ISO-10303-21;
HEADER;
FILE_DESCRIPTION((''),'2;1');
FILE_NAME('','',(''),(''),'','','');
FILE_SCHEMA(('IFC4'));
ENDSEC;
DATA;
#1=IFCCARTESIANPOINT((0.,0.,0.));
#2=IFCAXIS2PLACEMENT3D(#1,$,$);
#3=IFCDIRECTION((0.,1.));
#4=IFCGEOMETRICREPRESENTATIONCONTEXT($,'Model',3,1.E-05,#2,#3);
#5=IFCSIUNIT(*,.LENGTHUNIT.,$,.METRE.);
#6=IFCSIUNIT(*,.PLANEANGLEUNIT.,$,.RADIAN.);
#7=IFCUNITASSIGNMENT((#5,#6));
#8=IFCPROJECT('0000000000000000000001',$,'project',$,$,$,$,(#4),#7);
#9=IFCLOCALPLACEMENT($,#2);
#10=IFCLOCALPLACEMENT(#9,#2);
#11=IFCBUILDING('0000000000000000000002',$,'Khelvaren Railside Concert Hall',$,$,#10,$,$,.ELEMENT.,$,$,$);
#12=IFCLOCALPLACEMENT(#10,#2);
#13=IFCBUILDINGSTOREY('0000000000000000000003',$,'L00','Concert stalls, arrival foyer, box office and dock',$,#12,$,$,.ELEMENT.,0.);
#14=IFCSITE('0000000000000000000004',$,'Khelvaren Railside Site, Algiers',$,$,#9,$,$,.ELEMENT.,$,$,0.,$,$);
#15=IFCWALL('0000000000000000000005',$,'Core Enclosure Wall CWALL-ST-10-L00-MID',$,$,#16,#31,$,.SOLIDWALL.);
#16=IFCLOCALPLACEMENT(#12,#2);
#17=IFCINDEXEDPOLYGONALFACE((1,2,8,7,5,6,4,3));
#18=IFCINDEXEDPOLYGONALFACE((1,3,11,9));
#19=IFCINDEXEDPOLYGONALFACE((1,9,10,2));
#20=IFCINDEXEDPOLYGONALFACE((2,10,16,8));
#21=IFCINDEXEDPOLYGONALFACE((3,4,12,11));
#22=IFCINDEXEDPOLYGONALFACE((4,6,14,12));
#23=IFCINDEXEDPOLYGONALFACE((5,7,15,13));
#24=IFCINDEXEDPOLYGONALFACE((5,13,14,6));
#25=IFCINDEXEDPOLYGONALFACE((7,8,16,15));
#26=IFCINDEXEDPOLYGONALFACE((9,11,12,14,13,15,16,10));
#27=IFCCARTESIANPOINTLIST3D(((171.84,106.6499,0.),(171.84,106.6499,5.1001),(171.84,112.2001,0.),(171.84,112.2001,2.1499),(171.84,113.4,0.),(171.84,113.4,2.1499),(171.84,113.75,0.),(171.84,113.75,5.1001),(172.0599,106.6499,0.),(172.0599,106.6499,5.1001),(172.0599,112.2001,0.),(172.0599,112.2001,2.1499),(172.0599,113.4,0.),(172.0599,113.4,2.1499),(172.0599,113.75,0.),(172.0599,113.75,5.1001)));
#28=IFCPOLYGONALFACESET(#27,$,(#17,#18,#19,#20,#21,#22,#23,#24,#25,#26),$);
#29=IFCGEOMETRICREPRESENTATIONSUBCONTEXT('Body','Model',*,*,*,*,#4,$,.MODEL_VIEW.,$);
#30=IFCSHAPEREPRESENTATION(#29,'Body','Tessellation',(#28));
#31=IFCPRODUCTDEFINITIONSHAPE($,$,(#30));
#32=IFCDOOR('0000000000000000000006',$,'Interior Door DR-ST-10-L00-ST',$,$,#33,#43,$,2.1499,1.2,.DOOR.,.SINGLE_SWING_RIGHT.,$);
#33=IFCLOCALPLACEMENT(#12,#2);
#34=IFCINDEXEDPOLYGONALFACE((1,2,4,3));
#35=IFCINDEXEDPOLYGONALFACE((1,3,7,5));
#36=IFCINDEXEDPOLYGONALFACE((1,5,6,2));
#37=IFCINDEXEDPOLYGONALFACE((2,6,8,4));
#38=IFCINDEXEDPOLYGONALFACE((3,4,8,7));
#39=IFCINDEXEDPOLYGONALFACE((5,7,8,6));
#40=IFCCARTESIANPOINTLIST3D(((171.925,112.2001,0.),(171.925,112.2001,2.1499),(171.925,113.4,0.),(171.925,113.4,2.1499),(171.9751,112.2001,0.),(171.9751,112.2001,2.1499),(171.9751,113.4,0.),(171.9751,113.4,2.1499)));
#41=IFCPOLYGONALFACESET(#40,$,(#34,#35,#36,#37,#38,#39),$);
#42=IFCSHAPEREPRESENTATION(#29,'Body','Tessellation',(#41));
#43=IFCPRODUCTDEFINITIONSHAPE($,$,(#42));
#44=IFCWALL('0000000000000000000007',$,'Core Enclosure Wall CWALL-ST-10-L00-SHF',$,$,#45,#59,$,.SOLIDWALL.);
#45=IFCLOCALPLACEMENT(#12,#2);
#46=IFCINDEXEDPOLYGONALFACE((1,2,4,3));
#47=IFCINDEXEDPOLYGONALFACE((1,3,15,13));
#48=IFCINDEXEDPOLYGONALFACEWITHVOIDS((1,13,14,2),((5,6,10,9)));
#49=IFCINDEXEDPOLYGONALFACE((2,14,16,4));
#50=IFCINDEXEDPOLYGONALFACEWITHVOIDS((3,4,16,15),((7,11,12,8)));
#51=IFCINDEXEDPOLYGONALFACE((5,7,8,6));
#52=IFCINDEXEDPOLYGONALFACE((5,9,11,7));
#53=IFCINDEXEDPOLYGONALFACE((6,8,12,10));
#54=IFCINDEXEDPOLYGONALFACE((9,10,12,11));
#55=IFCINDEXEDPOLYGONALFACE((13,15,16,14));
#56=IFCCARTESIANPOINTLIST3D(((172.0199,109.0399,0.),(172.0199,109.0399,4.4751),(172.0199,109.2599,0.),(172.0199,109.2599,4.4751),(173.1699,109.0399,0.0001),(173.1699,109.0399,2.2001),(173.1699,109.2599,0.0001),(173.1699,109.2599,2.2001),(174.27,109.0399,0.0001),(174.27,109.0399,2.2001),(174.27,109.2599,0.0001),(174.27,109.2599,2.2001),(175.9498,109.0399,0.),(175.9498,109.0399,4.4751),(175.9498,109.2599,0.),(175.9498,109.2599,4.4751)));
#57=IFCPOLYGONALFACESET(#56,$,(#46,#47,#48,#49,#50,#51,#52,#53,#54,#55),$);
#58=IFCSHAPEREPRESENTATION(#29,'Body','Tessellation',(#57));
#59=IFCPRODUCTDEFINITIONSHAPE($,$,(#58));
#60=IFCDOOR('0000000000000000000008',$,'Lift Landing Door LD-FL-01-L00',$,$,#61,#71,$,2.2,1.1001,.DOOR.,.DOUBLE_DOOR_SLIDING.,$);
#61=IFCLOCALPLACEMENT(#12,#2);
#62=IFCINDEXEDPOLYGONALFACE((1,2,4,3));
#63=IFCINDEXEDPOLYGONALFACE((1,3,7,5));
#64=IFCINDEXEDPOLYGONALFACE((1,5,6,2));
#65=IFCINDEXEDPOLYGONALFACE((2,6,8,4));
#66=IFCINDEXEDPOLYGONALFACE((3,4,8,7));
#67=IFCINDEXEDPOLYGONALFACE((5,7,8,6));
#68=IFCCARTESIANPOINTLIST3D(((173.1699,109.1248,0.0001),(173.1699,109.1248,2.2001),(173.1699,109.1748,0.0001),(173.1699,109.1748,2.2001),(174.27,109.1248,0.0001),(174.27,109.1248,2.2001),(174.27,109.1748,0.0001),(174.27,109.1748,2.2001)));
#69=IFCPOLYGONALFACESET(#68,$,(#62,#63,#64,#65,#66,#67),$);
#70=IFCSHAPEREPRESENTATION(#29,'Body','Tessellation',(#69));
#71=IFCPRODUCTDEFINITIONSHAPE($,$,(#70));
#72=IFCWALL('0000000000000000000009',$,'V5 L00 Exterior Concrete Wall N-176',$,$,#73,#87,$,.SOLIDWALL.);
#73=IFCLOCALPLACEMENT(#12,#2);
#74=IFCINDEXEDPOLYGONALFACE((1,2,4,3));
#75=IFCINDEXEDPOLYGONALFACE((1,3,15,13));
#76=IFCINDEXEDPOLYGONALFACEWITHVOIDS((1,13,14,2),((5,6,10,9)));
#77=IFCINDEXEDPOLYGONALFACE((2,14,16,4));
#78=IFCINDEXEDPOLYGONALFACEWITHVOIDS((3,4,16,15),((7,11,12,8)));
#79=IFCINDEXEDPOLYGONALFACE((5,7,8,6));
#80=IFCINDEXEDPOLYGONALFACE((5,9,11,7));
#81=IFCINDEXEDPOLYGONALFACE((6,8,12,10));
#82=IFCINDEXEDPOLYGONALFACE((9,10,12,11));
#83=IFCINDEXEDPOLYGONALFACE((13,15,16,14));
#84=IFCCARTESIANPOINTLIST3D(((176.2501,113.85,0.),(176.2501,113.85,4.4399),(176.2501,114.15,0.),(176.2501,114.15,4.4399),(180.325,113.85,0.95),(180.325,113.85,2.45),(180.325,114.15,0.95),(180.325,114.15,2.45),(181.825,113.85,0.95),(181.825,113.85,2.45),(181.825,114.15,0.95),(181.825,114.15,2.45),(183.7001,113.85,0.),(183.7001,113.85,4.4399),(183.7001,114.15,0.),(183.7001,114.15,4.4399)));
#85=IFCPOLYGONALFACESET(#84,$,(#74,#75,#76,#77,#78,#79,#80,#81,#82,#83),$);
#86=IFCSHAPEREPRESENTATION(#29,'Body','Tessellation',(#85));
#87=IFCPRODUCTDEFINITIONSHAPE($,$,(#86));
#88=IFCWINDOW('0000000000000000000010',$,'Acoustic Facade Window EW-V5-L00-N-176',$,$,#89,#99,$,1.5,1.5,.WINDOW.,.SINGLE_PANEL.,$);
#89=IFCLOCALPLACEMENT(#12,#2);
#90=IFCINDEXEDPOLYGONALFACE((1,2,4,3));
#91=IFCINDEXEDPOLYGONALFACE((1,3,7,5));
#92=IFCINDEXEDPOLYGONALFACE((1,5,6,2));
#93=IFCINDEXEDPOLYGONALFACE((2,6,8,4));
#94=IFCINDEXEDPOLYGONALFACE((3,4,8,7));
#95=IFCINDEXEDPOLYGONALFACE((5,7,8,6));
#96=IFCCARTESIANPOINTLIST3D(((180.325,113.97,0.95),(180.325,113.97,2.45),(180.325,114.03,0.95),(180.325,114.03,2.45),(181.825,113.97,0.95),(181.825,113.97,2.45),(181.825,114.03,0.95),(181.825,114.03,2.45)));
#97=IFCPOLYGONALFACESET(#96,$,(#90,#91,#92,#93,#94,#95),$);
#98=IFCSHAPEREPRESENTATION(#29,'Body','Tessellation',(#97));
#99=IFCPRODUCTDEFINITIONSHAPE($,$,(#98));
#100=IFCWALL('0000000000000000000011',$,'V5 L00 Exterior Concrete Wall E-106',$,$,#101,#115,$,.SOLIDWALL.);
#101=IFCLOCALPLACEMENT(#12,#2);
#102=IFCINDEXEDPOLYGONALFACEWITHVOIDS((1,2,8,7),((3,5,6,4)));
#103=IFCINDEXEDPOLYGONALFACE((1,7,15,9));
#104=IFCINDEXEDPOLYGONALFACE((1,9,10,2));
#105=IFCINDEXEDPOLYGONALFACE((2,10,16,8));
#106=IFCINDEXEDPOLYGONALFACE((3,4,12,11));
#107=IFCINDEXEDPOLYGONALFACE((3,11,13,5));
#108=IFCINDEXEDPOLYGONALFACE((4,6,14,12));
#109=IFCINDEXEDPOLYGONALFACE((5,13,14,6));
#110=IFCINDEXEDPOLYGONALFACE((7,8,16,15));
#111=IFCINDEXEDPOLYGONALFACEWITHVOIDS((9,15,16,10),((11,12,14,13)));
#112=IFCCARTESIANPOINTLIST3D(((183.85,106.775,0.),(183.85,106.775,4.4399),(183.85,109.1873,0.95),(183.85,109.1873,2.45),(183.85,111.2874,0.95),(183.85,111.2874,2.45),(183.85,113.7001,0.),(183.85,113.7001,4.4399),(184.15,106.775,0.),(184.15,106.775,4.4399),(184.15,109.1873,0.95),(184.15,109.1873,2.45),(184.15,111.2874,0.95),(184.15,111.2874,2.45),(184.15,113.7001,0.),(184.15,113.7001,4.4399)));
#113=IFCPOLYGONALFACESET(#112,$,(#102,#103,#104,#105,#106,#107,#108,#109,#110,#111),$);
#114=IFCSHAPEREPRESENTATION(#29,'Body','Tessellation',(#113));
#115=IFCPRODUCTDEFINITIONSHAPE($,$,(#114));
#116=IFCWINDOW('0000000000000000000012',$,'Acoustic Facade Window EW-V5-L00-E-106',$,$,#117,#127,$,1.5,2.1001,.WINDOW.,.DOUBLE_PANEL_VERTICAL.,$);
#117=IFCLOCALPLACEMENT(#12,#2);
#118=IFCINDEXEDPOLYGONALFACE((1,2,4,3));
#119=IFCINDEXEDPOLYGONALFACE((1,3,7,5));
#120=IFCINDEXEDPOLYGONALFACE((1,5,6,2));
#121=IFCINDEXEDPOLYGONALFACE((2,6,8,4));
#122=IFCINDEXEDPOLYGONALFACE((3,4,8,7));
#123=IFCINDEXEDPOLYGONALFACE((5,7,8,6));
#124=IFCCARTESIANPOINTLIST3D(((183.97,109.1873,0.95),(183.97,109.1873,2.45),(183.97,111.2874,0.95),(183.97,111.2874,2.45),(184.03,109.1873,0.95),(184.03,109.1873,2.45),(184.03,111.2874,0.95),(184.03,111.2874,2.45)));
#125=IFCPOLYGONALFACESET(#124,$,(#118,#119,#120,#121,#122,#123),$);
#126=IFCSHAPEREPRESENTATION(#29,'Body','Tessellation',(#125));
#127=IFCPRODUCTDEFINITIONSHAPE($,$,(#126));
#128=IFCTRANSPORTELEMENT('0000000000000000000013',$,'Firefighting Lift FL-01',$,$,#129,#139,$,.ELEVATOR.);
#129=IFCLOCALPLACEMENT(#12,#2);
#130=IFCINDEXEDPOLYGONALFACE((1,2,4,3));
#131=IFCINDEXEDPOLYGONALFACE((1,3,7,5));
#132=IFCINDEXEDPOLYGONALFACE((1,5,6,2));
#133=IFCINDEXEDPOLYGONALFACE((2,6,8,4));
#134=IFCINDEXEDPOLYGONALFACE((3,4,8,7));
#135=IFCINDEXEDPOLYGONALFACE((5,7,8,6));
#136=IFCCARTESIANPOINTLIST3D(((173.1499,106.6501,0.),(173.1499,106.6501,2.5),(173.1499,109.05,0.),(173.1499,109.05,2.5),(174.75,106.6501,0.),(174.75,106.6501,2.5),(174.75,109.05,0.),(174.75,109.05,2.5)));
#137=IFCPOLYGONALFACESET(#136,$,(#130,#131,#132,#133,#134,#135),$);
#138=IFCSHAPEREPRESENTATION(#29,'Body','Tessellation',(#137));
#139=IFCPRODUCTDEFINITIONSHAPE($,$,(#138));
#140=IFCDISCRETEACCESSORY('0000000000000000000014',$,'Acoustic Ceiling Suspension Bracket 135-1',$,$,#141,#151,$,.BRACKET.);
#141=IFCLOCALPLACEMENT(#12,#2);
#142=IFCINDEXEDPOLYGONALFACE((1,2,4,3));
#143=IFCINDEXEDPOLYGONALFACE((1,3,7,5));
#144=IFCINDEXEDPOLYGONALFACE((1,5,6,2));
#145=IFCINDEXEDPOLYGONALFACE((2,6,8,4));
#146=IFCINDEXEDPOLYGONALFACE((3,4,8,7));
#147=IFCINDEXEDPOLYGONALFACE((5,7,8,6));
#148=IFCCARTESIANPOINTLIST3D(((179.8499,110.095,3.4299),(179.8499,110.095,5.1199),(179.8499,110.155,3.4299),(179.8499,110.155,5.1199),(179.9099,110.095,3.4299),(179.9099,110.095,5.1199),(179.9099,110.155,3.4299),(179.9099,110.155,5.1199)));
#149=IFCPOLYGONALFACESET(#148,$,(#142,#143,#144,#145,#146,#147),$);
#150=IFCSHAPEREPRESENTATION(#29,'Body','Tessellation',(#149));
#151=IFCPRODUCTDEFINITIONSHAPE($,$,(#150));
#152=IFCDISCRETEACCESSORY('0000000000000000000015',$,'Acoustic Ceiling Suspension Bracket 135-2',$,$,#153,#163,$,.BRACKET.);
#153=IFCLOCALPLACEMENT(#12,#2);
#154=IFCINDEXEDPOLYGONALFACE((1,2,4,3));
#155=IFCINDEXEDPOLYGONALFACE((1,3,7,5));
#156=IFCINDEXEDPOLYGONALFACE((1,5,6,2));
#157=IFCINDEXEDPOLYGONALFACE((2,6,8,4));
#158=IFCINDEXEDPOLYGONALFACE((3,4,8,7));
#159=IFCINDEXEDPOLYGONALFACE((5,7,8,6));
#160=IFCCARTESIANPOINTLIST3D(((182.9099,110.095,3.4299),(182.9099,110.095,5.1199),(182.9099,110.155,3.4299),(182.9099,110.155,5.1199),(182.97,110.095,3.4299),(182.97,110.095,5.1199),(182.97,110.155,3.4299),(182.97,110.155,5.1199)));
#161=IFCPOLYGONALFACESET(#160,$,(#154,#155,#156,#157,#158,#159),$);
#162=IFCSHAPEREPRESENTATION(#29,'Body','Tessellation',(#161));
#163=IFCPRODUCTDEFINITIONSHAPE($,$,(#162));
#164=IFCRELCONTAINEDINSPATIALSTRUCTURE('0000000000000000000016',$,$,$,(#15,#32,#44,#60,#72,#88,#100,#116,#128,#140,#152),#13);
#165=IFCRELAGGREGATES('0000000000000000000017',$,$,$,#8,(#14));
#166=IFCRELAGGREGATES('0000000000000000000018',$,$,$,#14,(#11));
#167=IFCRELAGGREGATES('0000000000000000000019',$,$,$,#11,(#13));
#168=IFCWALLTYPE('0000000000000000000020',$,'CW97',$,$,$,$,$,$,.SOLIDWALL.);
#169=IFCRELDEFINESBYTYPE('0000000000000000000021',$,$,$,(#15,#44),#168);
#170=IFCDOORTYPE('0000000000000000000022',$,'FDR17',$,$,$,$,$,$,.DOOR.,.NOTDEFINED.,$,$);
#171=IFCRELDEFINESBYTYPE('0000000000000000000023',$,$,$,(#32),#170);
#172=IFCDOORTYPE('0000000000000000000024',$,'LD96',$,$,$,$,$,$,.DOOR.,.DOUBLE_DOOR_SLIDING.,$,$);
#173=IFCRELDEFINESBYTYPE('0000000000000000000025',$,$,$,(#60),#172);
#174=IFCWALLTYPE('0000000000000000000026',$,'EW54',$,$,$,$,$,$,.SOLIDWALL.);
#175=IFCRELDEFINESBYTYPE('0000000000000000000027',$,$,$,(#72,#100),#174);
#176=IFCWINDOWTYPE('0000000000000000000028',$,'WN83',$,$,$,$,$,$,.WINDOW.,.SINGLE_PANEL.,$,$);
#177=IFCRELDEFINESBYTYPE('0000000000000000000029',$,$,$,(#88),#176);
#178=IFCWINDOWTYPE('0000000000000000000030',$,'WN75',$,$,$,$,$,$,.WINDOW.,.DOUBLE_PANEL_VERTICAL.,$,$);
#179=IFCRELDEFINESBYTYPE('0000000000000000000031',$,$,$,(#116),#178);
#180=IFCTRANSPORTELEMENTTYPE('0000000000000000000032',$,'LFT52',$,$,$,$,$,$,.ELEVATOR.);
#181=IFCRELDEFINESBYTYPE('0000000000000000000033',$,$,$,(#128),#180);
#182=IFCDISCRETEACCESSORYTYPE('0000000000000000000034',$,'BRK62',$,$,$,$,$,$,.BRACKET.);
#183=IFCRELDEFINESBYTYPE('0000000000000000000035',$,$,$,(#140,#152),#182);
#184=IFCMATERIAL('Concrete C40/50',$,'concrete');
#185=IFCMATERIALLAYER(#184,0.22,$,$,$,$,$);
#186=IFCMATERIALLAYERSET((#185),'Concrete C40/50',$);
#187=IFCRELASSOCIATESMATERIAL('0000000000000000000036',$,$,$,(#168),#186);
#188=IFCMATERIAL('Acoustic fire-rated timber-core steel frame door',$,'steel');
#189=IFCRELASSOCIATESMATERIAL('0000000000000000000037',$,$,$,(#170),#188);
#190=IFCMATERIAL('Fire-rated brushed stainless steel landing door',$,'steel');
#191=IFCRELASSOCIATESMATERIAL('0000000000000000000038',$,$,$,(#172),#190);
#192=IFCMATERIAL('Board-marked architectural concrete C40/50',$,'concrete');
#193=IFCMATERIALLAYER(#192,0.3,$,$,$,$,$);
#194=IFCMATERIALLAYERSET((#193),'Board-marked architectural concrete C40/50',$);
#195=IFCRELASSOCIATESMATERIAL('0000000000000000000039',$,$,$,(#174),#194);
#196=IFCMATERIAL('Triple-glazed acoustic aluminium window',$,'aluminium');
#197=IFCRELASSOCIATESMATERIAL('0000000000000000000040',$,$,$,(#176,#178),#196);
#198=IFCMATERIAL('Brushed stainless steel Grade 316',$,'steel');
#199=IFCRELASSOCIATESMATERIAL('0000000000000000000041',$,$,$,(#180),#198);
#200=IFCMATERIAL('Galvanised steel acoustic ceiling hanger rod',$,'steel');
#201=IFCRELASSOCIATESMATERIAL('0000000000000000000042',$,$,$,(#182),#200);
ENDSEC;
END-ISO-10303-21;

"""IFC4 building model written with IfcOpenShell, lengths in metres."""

from ifc_helpers import new_model, si_unit, direction, frame, frame_2d, origin, origin_2d, place, context, subcontext, project, spatial, rectangle, extrude, material, layer, layer_set, type_object, element, fill, save


model = new_model("IFC4")

# Units and contexts
model_context = context("Model", 3, precision=1e-05, world=origin(), true_north=direction((0.0, 1.0)))
body_context = subcontext(model_context, "Body", "Model", "MODEL_VIEW")
ifc_project = project(units=[si_unit("LENGTHUNIT", "METRE"), si_unit("PLANEANGLEUNIT", "RADIAN")], contexts=[model_context])

# Site, building, storey
site_placement = place(None, origin())
site = spatial("IfcSite", under=ifc_project, at=site_placement, Name="Khelvaren Railside Site, Algiers", CompositionType="ELEMENT", RefElevation=0.0)
building_placement = place(site_placement, origin())
building = spatial("IfcBuilding", under=site, at=building_placement, Name="Khelvaren Railside Concert Hall", CompositionType="ELEMENT")
storey_placement = place(building_placement, origin())
storey = spatial("IfcBuildingStorey", under=building, at=storey_placement, Name="L00", Description="Concert stalls, arrival foyer, box office and dock", CompositionType="ELEMENT", Elevation=0.0)

# Shared definitions
ifc_material_1 = material(Name="Concrete C40/50", Category="concrete")

# Walls, openings, doors
ifc_material_2 = material(Name="Acoustic fire-rated timber-core steel frame door", Category="steel")
ifc_layer_1 = layer(ifc_material_1, 0.22)
ifc_layer_set_1 = layer_set([ifc_layer_1], Name="Concrete C40/50")
wall_type_1 = type_object("IfcWallType", Name="CW97", PredefinedType="SOLIDWALL", material=ifc_layer_set_1)
wall_1_placement = place(storey_placement, frame((171.95, 106.6499, 0.0), z_axis=(0.0, 0.0, 1.0), x_axis=(0.0, 1.0, 0.0)))
wall_1 = element("IfcWall", 1, at=wall_1_placement, inside=storey, type_object=wall_type_1, Name="Core Enclosure Wall CWALL-ST-10-L00-MID", PredefinedType="SOLIDWALL", context=body_context, shape_type="SweptSolid", body=[
    extrude(rectangle(XDim=7.1001, YDim=0.22, at=frame_2d((3.55, 0.0))), origin(), (0.0, 0.0, 1.0), 5.1001),
])
opening_1_placement = place(wall_1_placement, frame((5.55, 0.0, 0.0)))
opening_1 = element("IfcOpeningElement", 2, at=opening_1_placement, cuts=wall_1, PredefinedType="OPENING", context=body_context, shape_type="SweptSolid", body=[
    extrude(rectangle(XDim=1.2, YDim=2.1499, at=frame_2d((0.6001, 1.075))), frame((0.0, 0.1199, 0.0), z_axis=(0.0, -1.0, 0.0), x_axis=(1.0, 0.0, 0.0)), (0.0, 0.0, 1.0), 0.24),
])
door_type_1 = type_object("IfcDoorType", Name="FDR17", OperationType="NOTDEFINED", PredefinedType="DOOR", material=ifc_material_2)
door_1_placement = place(opening_1_placement, origin())
door_1 = element("IfcDoor", 3, at=door_1_placement, inside=storey, type_object=door_type_1, Name="Interior Door DR-ST-10-L00-ST", OperationType="SINGLE_SWING_RIGHT", OverallHeight=2.1499, OverallWidth=1.2, PredefinedType="DOOR", context=body_context, shape_type="SweptSolid", body=[
    extrude(rectangle(XDim=1.2, YDim=2.1499, at=frame_2d((0.6001, 1.075))), frame((0.0, 0.0249, 0.0), z_axis=(0.0, -1.0, 0.0), x_axis=(1.0, 0.0, 0.0)), (0.0, 0.0, 1.0), 0.05),
])
fill(opening_1, door_1)
wall_2_placement = place(storey_placement, frame((172.02, 109.1499, 0.0), z_axis=(0.0, 0.0, 1.0), x_axis=(1.0, 0.0, 0.0)))
wall_2 = element("IfcWall", 4, at=wall_2_placement, inside=storey, type_object=wall_type_1, Name="Core Enclosure Wall CWALL-ST-10-L00-SHF", PredefinedType="SOLIDWALL", context=body_context, shape_type="SweptSolid", body=[
    extrude(rectangle(XDim=3.9299, YDim=0.22, at=frame_2d((1.9648, 0.0))), origin(), (0.0, 0.0, 1.0), 4.4751),
])
opening_2_placement = place(wall_2_placement, frame((1.1499, 0.0, 0.0)))
opening_2 = element("IfcOpeningElement", 5, at=opening_2_placement, cuts=wall_2, PredefinedType="OPENING", context=body_context, shape_type="SweptSolid", body=[
    extrude(rectangle(XDim=1.1001, YDim=2.2, at=frame_2d((0.55, 1.1001))), frame((0.0, 0.1199, 0.0), z_axis=(0.0, -1.0, 0.0), x_axis=(1.0, 0.0, 0.0)), (0.0, 0.0, 1.0), 0.24),
])
ifc_material_3 = material(Name="Fire-rated brushed stainless steel landing door", Category="steel")
door_type_2 = type_object("IfcDoorType", Name="LD96", OperationType="DOUBLE_DOOR_SLIDING", PredefinedType="DOOR", material=ifc_material_3)
door_2_placement = place(opening_2_placement, origin())
door_2 = element("IfcDoor", 6, at=door_2_placement, inside=storey, type_object=door_type_2, Name="Lift Landing Door LD-FL-01-L00", OperationType="DOUBLE_DOOR_SLIDING", OverallHeight=2.2, OverallWidth=1.1001, PredefinedType="DOOR", context=body_context, shape_type="SweptSolid", body=[
    extrude(rectangle(XDim=1.1001, YDim=2.2, at=frame_2d((0.55, 1.1001))), frame((0.0, 0.0249, 0.0), z_axis=(0.0, -1.0, 0.0), x_axis=(1.0, 0.0, 0.0)), (0.0, 0.0, 1.0), 0.05),
])
fill(opening_2, door_2)

# Walls, openings, windows
ifc_material_4 = material(Name="Board-marked architectural concrete C40/50", Category="concrete")
ifc_layer_2 = layer(ifc_material_4, 0.3)
ifc_layer_set_2 = layer_set([ifc_layer_2], Name="Board-marked architectural concrete C40/50")
wall_type_2 = type_object("IfcWallType", Name="EW54", PredefinedType="SOLIDWALL", material=ifc_layer_set_2)
wall_3_placement = place(storey_placement, frame((176.25, 114.0, 0.0), z_axis=(0.0, 0.0, 1.0), x_axis=(1.0, 0.0, 0.0)))
wall_3 = element("IfcWall", 7, at=wall_3_placement, inside=storey, type_object=wall_type_2, Name="V5 L00 Exterior Concrete Wall N-176", PredefinedType="SOLIDWALL", context=body_context, shape_type="SweptSolid", body=[
    extrude(rectangle(XDim=7.45, YDim=0.3, at=frame_2d((3.7251, 0.0))), origin(), (0.0, 0.0, 1.0), 4.4399),
])
opening_3_placement = place(wall_3_placement, frame((4.075, 0.0, 0.95)))
opening_3 = element("IfcOpeningElement", 8, at=opening_3_placement, cuts=wall_3, PredefinedType="OPENING", context=body_context, shape_type="SweptSolid", body=[
    extrude(rectangle(XDim=1.5, YDim=1.5, at=frame_2d((0.75, 0.75))), frame((0.0, 0.1599, 0.0), z_axis=(0.0, -1.0, 0.0), x_axis=(1.0, 0.0, 0.0)), (0.0, 0.0, 1.0), 0.3201),
])
ifc_material_5 = material(Name="Triple-glazed acoustic aluminium window", Category="aluminium")
window_type_1 = type_object("IfcWindowType", Name="WN83", PartitioningType="SINGLE_PANEL", PredefinedType="WINDOW", material=ifc_material_5)
window_1_placement = place(opening_3_placement, origin())
window_1 = element("IfcWindow", 9, at=window_1_placement, inside=storey, type_object=window_type_1, Name="Acoustic Facade Window EW-V5-L00-N-176", OverallHeight=1.5, OverallWidth=1.5, PartitioningType="SINGLE_PANEL", PredefinedType="WINDOW", context=body_context, shape_type="SweptSolid", body=[
    extrude(rectangle(XDim=1.5, YDim=1.5, at=frame_2d((0.75, 0.75))), frame((0.0, 0.03, 0.0), z_axis=(0.0, -1.0, 0.0), x_axis=(1.0, 0.0, 0.0)), (0.0, 0.0, 1.0), 0.0601),
])
fill(opening_3, window_1)
wall_4_placement = place(storey_placement, frame((184.0, 113.7, 0.0), z_axis=(0.0, 0.0, 1.0), x_axis=(0.0, -1.0, 0.0)))
wall_4 = element("IfcWall", 10, at=wall_4_placement, inside=storey, type_object=wall_type_2, Name="V5 L00 Exterior Concrete Wall E-106", PredefinedType="SOLIDWALL", context=body_context, shape_type="SweptSolid", body=[
    extrude(rectangle(XDim=6.925, YDim=0.3, at=frame_2d((3.4624, 0.0))), origin(), (0.0, 0.0, 1.0), 4.4399),
])
opening_4_placement = place(wall_4_placement, frame((2.4126, 0.0, 0.95)))
opening_4 = element("IfcOpeningElement", 11, at=opening_4_placement, cuts=wall_4, PredefinedType="OPENING", context=body_context, shape_type="SweptSolid", body=[
    extrude(rectangle(XDim=2.1001, YDim=1.5, at=frame_2d((1.05, 0.75))), frame((0.0, 0.1599, 0.0), z_axis=(0.0, -1.0, 0.0), x_axis=(1.0, 0.0, 0.0)), (0.0, 0.0, 1.0), 0.3201),
])
window_type_2 = type_object("IfcWindowType", Name="WN75", PartitioningType="DOUBLE_PANEL_VERTICAL", PredefinedType="WINDOW", material=ifc_material_5)
window_2_placement = place(opening_4_placement, origin())
window_2 = element("IfcWindow", 12, at=window_2_placement, inside=storey, type_object=window_type_2, Name="Acoustic Facade Window EW-V5-L00-E-106", OverallHeight=1.5, OverallWidth=2.1001, PartitioningType="DOUBLE_PANEL_VERTICAL", PredefinedType="WINDOW", context=body_context, shape_type="SweptSolid", body=[
    extrude(rectangle(XDim=2.1001, YDim=1.5, at=frame_2d((1.05, 0.75))), frame((0.0, 0.03, 0.0), z_axis=(0.0, -1.0, 0.0), x_axis=(1.0, 0.0, 0.0)), (0.0, 0.0, 1.0), 0.0601),
])
fill(opening_4, window_2)

# Transport element
ifc_material_6 = material(Name="Brushed stainless steel Grade 316", Category="steel")
transport_element_type = type_object("IfcTransportElementType", Name="LFT52", PredefinedType="ELEVATOR", material=ifc_material_6)
transport_element_placement = place(storey_placement, frame((173.95, 107.8501, 0.0), z_axis=(0.0, 0.0, 1.0), x_axis=(1.0, 0.0, 0.0)))
element("IfcTransportElement", 13, at=transport_element_placement, inside=storey, type_object=transport_element_type, Name="Firefighting Lift FL-01", PredefinedType="ELEVATOR", context=body_context, shape_type="SweptSolid", body=[
    extrude(rectangle(XDim=1.6001, YDim=2.3999, at=origin_2d()), origin(), (0.0, 0.0, 1.0), 2.5),
])

# Discrete accessories
ifc_material_7 = material(Name="Galvanised steel acoustic ceiling hanger rod", Category="steel")
discrete_accessory_type = type_object("IfcDiscreteAccessoryType", Name="BRK62", PredefinedType="BRACKET", material=ifc_material_7)
for number, where, z_axis, x_axis, name in (
    (14, (179.8799, 110.125, 3.4299), (0.0, 0.0, 1.0), (1.0, 0.0, 0.0), "Acoustic Ceiling Suspension Bracket 135-1"),
    (15, (182.9399, 110.125, 3.4299), (0.0, 0.0, 1.0), (1.0, 0.0, 0.0), "Acoustic Ceiling Suspension Bracket 135-2"),
):
    element("IfcDiscreteAccessory", number, at=place(storey_placement, frame(where, z_axis=z_axis, x_axis=x_axis)), inside=storey, type_object=discrete_accessory_type, Name=name, PredefinedType="BRACKET", context=body_context, shape_type="SweptSolid", body=[
        extrude(rectangle(XDim=0.0601, YDim=0.0601, at=origin_2d()), origin(), (0.0, 0.0, 1.0), 1.6899),
    ])

save(model, "model.ifc")
